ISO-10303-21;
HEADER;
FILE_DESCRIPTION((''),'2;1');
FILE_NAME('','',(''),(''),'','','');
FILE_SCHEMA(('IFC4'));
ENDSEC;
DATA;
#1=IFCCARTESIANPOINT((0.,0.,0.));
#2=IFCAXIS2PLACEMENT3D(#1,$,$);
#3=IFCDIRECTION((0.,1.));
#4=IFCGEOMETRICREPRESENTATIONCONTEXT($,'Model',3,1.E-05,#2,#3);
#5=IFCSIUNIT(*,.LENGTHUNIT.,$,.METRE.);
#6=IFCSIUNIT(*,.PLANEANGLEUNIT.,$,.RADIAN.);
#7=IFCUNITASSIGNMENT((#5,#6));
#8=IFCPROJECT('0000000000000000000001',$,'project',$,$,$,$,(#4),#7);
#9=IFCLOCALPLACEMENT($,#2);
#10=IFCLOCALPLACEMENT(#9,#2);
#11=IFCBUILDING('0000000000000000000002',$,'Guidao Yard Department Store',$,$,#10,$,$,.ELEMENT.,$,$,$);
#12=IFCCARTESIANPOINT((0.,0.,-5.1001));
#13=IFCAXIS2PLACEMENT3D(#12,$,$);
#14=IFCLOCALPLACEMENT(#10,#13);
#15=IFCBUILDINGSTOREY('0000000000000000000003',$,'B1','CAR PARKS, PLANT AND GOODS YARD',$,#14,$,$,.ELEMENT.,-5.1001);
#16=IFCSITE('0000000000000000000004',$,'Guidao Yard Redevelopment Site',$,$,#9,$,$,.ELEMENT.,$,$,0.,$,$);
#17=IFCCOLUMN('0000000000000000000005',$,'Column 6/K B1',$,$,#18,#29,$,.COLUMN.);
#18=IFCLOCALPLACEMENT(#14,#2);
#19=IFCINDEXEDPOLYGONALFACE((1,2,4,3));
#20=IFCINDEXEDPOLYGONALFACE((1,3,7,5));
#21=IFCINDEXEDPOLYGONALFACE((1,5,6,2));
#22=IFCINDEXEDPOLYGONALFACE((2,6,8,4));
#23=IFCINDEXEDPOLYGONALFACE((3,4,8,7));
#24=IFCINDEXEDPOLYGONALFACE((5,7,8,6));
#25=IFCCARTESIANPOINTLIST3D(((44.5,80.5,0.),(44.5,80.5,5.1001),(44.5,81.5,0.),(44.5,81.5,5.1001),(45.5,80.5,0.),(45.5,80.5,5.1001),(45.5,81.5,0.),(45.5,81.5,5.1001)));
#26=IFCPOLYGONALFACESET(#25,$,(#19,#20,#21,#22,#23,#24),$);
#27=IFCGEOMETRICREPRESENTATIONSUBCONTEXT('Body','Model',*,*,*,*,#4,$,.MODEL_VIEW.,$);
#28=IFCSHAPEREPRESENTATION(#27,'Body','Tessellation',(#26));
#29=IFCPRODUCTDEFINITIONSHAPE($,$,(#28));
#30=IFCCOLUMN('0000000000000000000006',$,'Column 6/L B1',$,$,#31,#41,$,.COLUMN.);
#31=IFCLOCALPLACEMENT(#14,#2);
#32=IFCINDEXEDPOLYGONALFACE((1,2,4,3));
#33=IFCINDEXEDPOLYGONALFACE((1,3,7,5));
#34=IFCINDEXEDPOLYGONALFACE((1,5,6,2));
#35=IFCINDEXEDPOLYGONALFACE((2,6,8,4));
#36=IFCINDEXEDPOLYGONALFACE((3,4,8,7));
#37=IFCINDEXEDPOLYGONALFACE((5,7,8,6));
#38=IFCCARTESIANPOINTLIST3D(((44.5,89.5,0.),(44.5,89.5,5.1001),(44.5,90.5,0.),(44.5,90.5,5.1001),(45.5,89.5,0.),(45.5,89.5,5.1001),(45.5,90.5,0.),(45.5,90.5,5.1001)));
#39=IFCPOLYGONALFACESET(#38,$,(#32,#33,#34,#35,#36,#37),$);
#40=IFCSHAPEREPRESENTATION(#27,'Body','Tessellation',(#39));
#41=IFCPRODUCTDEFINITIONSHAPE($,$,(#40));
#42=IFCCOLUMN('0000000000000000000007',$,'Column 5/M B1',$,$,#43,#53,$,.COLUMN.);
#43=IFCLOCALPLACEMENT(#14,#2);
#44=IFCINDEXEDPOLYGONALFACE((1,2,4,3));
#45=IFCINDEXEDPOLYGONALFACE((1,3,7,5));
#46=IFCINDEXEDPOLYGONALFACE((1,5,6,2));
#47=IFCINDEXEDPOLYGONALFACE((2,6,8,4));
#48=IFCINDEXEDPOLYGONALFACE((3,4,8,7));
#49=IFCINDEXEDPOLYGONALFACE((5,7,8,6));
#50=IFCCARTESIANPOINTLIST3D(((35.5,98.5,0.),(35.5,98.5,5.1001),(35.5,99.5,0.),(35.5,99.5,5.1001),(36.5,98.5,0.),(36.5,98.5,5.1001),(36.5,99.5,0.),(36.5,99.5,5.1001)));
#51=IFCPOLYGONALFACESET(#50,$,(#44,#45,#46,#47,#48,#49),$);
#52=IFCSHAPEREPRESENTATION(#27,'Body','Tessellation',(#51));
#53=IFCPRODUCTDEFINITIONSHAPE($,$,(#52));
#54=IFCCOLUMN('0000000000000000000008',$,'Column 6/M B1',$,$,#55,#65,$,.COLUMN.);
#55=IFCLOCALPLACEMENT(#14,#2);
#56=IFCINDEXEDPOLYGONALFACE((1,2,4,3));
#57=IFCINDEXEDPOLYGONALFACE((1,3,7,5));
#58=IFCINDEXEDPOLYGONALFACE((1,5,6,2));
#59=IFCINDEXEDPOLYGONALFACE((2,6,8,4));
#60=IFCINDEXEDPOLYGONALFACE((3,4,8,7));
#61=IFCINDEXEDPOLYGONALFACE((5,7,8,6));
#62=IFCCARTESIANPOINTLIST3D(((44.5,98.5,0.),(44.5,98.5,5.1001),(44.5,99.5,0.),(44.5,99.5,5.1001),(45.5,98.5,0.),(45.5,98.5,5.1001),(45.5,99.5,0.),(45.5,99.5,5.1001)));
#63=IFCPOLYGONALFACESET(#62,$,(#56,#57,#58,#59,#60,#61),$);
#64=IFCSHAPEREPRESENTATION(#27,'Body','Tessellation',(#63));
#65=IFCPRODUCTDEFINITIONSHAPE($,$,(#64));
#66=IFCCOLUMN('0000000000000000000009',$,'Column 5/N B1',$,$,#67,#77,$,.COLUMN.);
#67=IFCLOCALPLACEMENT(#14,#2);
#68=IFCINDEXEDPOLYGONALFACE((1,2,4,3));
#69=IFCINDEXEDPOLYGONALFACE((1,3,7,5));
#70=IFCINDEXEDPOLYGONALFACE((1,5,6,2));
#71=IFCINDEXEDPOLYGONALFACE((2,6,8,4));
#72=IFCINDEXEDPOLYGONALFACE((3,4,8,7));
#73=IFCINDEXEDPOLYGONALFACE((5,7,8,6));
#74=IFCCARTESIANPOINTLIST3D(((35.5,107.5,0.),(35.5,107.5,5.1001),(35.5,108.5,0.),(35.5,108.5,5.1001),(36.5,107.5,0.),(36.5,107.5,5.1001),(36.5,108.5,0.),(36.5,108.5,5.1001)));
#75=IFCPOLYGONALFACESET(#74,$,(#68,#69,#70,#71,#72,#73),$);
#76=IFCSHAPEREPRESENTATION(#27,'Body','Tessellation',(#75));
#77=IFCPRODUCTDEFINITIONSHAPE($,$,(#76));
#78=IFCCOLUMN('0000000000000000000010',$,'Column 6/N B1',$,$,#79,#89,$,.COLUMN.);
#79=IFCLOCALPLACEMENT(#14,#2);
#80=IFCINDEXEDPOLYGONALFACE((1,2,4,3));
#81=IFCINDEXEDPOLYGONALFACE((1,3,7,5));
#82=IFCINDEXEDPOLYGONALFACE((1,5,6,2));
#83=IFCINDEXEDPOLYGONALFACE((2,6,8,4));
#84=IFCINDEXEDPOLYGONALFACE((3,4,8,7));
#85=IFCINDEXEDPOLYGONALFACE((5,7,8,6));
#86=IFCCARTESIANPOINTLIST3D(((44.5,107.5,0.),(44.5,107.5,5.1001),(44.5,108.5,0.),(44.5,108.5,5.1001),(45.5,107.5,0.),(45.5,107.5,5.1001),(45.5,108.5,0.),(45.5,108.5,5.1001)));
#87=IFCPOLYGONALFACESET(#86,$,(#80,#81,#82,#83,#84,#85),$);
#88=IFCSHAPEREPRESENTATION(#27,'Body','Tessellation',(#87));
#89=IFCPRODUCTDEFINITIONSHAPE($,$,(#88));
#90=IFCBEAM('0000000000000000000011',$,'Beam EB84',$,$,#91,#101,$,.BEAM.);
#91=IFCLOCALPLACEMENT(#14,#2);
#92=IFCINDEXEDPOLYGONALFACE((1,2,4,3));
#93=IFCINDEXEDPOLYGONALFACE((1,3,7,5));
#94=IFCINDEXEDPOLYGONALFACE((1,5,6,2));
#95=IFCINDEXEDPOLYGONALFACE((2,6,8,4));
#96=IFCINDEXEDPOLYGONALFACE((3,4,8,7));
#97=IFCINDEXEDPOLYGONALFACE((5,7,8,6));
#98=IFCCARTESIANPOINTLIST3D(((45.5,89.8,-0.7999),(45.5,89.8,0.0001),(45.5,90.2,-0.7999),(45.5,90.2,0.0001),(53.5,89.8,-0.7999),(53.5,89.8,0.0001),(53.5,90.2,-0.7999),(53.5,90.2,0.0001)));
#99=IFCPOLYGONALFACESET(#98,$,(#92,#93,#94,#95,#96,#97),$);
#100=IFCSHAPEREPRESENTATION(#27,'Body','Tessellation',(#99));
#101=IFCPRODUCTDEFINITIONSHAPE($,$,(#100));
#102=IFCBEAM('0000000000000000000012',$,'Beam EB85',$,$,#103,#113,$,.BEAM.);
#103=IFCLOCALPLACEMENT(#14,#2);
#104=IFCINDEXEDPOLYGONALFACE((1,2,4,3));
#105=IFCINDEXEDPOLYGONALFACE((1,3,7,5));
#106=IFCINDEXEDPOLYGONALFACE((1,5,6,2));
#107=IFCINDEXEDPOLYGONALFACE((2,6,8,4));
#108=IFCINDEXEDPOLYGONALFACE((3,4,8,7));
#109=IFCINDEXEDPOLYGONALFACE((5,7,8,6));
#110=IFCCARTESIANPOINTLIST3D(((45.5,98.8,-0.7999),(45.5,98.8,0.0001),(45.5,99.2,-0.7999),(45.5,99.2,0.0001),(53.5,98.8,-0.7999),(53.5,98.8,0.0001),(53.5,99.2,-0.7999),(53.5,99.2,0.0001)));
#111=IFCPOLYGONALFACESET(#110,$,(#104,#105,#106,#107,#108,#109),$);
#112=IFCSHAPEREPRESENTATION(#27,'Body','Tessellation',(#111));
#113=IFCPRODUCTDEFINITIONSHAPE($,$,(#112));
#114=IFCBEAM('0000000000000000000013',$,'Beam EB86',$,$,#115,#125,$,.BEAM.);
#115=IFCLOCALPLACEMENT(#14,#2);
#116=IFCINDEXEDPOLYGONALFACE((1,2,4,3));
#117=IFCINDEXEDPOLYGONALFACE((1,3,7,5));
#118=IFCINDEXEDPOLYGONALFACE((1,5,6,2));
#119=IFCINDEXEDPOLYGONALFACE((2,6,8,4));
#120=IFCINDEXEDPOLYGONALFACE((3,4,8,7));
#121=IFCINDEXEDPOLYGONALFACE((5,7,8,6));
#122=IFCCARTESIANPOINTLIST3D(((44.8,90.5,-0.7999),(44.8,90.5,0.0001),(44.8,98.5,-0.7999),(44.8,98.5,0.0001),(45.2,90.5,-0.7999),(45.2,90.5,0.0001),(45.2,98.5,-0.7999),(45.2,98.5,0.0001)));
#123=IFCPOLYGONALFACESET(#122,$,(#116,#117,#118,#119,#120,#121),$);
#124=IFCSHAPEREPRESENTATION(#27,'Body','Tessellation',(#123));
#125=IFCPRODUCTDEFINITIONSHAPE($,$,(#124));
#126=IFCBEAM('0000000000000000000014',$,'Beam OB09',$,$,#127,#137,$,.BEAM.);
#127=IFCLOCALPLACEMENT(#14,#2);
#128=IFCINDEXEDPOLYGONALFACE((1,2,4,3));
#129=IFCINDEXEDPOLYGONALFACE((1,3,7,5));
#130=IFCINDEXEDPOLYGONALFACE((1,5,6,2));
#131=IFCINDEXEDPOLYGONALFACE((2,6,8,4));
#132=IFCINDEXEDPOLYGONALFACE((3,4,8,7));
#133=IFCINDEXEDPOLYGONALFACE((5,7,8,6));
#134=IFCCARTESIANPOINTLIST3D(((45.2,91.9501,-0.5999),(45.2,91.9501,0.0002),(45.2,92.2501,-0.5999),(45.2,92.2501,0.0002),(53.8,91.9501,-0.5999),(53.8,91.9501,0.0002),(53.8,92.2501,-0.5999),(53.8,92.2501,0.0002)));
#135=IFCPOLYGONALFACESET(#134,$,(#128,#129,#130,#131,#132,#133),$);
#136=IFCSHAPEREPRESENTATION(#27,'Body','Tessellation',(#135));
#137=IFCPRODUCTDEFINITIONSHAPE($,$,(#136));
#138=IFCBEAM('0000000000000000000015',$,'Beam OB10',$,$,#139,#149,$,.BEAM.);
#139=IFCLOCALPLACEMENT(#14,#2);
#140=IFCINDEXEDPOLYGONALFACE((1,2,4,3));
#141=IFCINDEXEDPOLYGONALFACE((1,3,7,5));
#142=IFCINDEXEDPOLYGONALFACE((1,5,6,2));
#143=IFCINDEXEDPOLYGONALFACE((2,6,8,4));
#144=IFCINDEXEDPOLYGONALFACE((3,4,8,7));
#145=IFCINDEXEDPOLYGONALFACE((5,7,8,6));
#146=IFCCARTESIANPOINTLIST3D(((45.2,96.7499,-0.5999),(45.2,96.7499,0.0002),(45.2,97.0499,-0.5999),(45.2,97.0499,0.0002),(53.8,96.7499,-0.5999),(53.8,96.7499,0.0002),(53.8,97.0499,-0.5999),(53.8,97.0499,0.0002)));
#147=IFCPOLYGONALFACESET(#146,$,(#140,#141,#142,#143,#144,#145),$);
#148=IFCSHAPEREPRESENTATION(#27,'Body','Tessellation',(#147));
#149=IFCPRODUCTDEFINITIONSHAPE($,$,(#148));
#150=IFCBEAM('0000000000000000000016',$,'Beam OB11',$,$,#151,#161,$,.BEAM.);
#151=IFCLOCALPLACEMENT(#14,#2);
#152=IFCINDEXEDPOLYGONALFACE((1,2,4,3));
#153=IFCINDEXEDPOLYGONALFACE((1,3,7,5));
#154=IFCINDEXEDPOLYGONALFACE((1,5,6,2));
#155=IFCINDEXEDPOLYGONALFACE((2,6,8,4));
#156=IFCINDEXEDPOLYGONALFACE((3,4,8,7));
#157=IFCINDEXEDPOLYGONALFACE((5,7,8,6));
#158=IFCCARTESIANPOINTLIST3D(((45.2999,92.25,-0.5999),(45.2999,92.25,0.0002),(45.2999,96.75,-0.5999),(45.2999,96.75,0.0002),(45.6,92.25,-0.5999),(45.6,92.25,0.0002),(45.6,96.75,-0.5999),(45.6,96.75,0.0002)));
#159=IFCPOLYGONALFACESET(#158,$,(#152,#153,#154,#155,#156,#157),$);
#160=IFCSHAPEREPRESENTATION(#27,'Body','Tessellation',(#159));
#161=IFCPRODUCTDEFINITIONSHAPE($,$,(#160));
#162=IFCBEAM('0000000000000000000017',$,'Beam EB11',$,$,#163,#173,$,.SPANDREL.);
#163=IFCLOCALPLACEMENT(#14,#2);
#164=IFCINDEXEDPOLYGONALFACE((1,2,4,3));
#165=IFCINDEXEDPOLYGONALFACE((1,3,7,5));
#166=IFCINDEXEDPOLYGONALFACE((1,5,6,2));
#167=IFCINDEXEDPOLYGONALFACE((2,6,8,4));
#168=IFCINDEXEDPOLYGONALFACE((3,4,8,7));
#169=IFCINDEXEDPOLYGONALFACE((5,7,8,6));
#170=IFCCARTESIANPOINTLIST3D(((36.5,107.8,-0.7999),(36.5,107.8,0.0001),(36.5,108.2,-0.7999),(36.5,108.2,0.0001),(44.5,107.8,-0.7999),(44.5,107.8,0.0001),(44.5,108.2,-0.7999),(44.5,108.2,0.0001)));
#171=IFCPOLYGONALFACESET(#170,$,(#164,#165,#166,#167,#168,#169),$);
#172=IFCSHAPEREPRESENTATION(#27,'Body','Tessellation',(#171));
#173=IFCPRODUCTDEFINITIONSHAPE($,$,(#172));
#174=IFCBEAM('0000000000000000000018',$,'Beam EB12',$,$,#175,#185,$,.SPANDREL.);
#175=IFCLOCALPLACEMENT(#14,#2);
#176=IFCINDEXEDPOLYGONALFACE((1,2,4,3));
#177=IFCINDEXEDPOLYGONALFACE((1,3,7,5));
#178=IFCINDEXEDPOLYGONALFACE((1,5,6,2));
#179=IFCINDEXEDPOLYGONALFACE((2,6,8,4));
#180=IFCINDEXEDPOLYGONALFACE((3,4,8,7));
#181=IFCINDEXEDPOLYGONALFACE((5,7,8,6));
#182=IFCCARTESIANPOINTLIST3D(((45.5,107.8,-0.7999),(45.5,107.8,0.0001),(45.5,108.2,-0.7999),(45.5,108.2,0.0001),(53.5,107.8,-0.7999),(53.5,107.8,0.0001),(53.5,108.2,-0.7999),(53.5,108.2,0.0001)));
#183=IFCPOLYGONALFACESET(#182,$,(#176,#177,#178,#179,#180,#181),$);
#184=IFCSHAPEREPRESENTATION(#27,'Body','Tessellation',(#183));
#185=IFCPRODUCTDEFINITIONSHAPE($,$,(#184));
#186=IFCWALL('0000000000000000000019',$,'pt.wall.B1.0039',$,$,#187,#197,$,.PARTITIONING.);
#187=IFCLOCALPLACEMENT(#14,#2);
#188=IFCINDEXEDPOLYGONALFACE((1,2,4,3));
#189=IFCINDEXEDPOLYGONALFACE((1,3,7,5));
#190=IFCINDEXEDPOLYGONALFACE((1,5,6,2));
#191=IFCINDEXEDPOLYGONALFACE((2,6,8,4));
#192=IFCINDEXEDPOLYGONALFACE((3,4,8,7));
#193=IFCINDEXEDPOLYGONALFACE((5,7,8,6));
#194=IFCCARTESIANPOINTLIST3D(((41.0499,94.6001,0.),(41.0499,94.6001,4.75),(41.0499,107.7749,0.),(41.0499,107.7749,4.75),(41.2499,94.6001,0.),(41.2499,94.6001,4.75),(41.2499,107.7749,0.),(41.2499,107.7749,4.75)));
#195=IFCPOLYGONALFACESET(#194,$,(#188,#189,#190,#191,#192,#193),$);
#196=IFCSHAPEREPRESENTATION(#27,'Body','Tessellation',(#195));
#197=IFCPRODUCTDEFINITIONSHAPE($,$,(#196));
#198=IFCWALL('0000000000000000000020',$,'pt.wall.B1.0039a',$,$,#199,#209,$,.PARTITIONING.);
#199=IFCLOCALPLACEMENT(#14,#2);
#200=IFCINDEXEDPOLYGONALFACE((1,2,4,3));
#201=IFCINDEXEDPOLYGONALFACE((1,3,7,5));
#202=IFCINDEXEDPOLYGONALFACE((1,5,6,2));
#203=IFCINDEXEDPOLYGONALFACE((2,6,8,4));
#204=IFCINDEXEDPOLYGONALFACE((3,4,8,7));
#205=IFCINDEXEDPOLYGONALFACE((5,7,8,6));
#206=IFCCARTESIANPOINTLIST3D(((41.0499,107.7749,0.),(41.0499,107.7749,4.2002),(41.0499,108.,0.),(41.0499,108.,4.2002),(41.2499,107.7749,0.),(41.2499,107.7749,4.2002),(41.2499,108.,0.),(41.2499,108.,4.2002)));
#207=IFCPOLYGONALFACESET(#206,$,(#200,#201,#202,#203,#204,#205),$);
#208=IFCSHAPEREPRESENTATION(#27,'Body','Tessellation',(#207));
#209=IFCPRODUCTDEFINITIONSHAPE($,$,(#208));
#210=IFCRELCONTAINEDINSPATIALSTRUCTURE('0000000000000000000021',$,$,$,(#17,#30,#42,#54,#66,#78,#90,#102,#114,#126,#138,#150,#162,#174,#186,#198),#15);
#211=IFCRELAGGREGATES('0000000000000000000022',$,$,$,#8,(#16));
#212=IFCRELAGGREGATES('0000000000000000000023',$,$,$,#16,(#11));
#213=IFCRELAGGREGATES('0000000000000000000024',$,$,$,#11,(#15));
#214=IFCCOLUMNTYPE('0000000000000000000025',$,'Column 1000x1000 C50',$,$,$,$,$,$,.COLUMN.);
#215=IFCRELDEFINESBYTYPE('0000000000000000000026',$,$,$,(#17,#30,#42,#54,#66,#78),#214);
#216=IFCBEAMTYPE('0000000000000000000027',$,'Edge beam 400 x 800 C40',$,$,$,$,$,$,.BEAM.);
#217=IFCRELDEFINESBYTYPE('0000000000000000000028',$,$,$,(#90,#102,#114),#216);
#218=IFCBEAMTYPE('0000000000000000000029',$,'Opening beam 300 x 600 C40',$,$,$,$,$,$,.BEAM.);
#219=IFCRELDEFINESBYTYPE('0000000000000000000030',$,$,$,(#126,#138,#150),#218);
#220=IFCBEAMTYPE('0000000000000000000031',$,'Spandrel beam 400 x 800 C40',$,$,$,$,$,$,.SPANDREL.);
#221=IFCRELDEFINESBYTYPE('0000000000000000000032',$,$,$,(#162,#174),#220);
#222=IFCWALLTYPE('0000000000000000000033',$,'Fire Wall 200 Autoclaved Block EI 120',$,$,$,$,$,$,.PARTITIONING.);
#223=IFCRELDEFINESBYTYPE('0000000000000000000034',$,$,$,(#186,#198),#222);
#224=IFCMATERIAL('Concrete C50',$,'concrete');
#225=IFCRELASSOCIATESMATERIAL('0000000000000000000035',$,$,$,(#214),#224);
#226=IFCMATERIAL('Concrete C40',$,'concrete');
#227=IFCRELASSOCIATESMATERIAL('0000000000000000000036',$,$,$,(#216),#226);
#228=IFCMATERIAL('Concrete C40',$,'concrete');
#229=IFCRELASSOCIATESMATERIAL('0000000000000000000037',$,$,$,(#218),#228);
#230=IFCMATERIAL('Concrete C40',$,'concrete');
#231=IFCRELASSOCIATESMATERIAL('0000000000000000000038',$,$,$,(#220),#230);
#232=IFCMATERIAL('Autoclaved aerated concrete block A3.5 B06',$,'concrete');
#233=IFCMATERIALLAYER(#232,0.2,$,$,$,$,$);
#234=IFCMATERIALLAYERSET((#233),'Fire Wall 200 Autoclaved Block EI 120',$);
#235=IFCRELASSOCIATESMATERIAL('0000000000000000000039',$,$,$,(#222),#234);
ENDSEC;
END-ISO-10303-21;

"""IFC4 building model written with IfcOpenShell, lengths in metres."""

from ifc_helpers import new_model, si_unit, direction, frame, frame_2d, origin, origin_2d, place, context, subcontext, project, spatial, rectangle, extrude, material, layer, layer_set, material_profile, profile_set, type_object, element, save


model = new_model("IFC4")

# Units and contexts
model_context = context("Model", 3, precision=1e-05, world=origin(), true_north=direction((0.0, 1.0)))
body_context = subcontext(model_context, "Body", "Model", "MODEL_VIEW")
ifc_project = project(units=[si_unit("LENGTHUNIT", "METRE"), si_unit("PLANEANGLEUNIT", "RADIAN")], contexts=[model_context])

# Site, building, storey
site_placement = place(None, origin())
site = spatial("IfcSite", under=ifc_project, at=site_placement, Name="Guidao Yard Redevelopment Site", CompositionType="ELEMENT", RefElevation=0.0)
building_placement = place(site_placement, origin())
building = spatial("IfcBuilding", under=site, at=building_placement, Name="Guidao Yard Department Store", CompositionType="ELEMENT")
storey_placement = place(building_placement, frame((0.0, 0.0, -5.1001)))
storey = spatial("IfcBuildingStorey", under=building, at=storey_placement, Name="B1", Description="CAR PARKS, PLANT AND GOODS YARD", CompositionType="ELEMENT", Elevation=-5.1001)

# Columns
ifc_material_1 = material(Name="Concrete C50", Category="concrete")
ifc_material_profile_1 = material_profile(ifc_material_1, rectangle(XDim=1.0, YDim=1.0, at=origin_2d()), Name="COL 1000x1000")
ifc_profile_set_1 = profile_set([ifc_material_profile_1], Name="Concrete C50")
column_type = type_object("IfcColumnType", Name="Column 1000x1000 C50", PredefinedType="COLUMN", material=ifc_profile_set_1)
for number, where, z_axis, x_axis, name in (
    (1, (45.0, 81.0, 0.0), (0.0, 0.0, 1.0), (1.0, 0.0, 0.0), "Column 6/K B1"),
    (2, (45.0, 90.0, 0.0), (0.0, 0.0, 1.0), (1.0, 0.0, 0.0), "Column 6/L B1"),
    (3, (36.0, 99.0, 0.0), (0.0, 0.0, 1.0), (1.0, 0.0, 0.0), "Column 5/M B1"),
    (4, (45.0, 99.0, 0.0), (0.0, 0.0, 1.0), (1.0, 0.0, 0.0), "Column 6/M B1"),
    (5, (36.0, 108.0, 0.0), (0.0, 0.0, 1.0), (1.0, 0.0, 0.0), "Column 5/N B1"),
    (6, (45.0, 108.0, 0.0), (0.0, 0.0, 1.0), (1.0, 0.0, 0.0), "Column 6/N B1"),
):
    element("IfcColumn", number, at=place(storey_placement, frame(where, z_axis=z_axis, x_axis=x_axis)), inside=storey, type_object=column_type, Name=name, PredefinedType="COLUMN", context=body_context, shape_type="SweptSolid", body=[
        extrude(rectangle(XDim=1.0, YDim=1.0, at=origin_2d()), origin(), (0.0, 0.0, 1.0), 5.1001),
    ])

# Beams
ifc_material_2 = material(Name="Concrete C40", Category="concrete")
ifc_material_profile_2 = material_profile(ifc_material_2, rectangle(XDim=0.3999, YDim=0.8, at=origin_2d()), Name="Edge beam 400 x 800 C40")
ifc_profile_set_2 = profile_set([ifc_material_profile_2], Name="Concrete C40")
beam_type_1 = type_object("IfcBeamType", Name="Edge beam 400 x 800 C40", PredefinedType="BEAM", material=ifc_profile_set_2)
for number, where, z_axis, x_axis, name in (
    (7, (45.5, 90.0, -0.3999), (1.0, 0.0, 0.0), (0.0, 1.0, 0.0), "Beam EB84"),
    (8, (45.5, 99.0, -0.3999), (1.0, 0.0, 0.0), (0.0, 1.0, 0.0), "Beam EB85"),
    (9, (45.0, 90.5, -0.3999), (0.0, 1.0, 0.0), (-1.0, 0.0, 0.0), "Beam EB86"),
):
    element("IfcBeam", number, at=place(storey_placement, frame(where, z_axis=z_axis, x_axis=x_axis)), inside=storey, type_object=beam_type_1, Name=name, PredefinedType="BEAM", context=body_context, shape_type="SweptSolid", body=[
        extrude(rectangle(XDim=0.3999, YDim=0.8, at=origin_2d()), origin(), (0.0, 0.0, 1.0), 8.0),
    ])
ifc_material_3 = material(Name="Concrete C40", Category="concrete")
ifc_material_profile_3 = material_profile(ifc_material_3, rectangle(XDim=0.3, YDim=0.6001, at=origin_2d()), Name="Opening beam 300 x 600 C40")
ifc_profile_set_3 = profile_set([ifc_material_profile_3], Name="Concrete C40")
beam_type_2 = type_object("IfcBeamType", Name="Opening beam 300 x 600 C40", PredefinedType="BEAM", material=ifc_profile_set_3)
for number, where, z_axis, x_axis, name in (
    (10, (45.2, 92.1001, -0.2998), (1.0, 0.0, 0.0), (0.0, 1.0, 0.0), "Beam OB09"),
    (11, (45.2, 96.8999, -0.2998), (1.0, 0.0, 0.0), (0.0, 1.0, 0.0), "Beam OB10"),
):
    element("IfcBeam", number, at=place(storey_placement, frame(where, z_axis=z_axis, x_axis=x_axis)), inside=storey, type_object=beam_type_2, Name=name, PredefinedType="BEAM", context=body_context, shape_type="SweptSolid", body=[
        extrude(rectangle(XDim=0.3, YDim=0.6001, at=origin_2d()), origin(), (0.0, 0.0, 1.0), 8.6001),
    ])
beam_placement = place(storey_placement, frame((45.45, 92.25, -0.2998), z_axis=(0.0, 1.0, 0.0), x_axis=(-1.0, 0.0, 0.0)))
element("IfcBeam", 12, at=beam_placement, inside=storey, type_object=beam_type_2, Name="Beam OB11", PredefinedType="BEAM", context=body_context, shape_type="SweptSolid", body=[
    extrude(rectangle(XDim=0.3, YDim=0.6001, at=origin_2d()), origin(), (0.0, 0.0, 1.0), 4.5),
])
ifc_material_4 = material(Name="Concrete C40", Category="concrete")
ifc_material_profile_4 = material_profile(ifc_material_4, rectangle(XDim=0.3999, YDim=0.8, at=origin_2d()), Name="Spandrel beam 400 x 800 C40")
ifc_profile_set_4 = profile_set([ifc_material_profile_4], Name="Concrete C40")
beam_type_3 = type_object("IfcBeamType", Name="Spandrel beam 400 x 800 C40", PredefinedType="SPANDREL", material=ifc_profile_set_4)
for number, where, z_axis, x_axis, name in (
    (13, (36.5, 108.0, -0.3999), (1.0, 0.0, 0.0), (0.0, 1.0, 0.0), "Beam EB11"),
    (14, (45.5, 108.0, -0.3999), (1.0, 0.0, 0.0), (0.0, 1.0, 0.0), "Beam EB12"),
):
    element("IfcBeam", number, at=place(storey_placement, frame(where, z_axis=z_axis, x_axis=x_axis)), inside=storey, type_object=beam_type_3, Name=name, PredefinedType="SPANDREL", context=body_context, shape_type="SweptSolid", body=[
        extrude(rectangle(XDim=0.3999, YDim=0.8, at=origin_2d()), origin(), (0.0, 0.0, 1.0), 8.0),
    ])

# Walls
ifc_material_5 = material(Name="Autoclaved aerated concrete block A3.5 B06", Category="concrete")
ifc_layer_1 = layer(ifc_material_5, 0.2)
ifc_layer_set_1 = layer_set([ifc_layer_1], Name="Fire Wall 200 Autoclaved Block EI 120")
wall_type_1 = type_object("IfcWallType", Name="Fire Wall 200 Autoclaved Block EI 120", PredefinedType="PARTITIONING", material=ifc_layer_set_1)
wall_1_placement = place(storey_placement, frame((41.1499, 94.6001, 0.0), z_axis=(0.0, 0.0, 1.0), x_axis=(0.0, 1.0, 0.0)))
element("IfcWall", 15, at=wall_1_placement, inside=storey, type_object=wall_type_1, Name="pt.wall.B1.0039", PredefinedType="PARTITIONING", context=body_context, shape_type="SweptSolid", body=[
    extrude(rectangle(XDim=13.1748, YDim=0.2, at=frame_2d((6.5874, 0.0))), origin(), (0.0, 0.0, 1.0), 4.75),
])
wall_2_placement = place(storey_placement, frame((41.1499, 107.7749, 0.0), z_axis=(0.0, 0.0, 1.0), x_axis=(0.0, 1.0, 0.0)))
element("IfcWall", 16, at=wall_2_placement, inside=storey, type_object=wall_type_1, Name="pt.wall.B1.0039a", PredefinedType="PARTITIONING", context=body_context, shape_type="SweptSolid", body=[
    extrude(rectangle(XDim=0.2251, YDim=0.2, at=frame_2d((0.1125, 0.0))), origin(), (0.0, 0.0, 1.0), 4.2002),
])

save(model, "model.ifc")
